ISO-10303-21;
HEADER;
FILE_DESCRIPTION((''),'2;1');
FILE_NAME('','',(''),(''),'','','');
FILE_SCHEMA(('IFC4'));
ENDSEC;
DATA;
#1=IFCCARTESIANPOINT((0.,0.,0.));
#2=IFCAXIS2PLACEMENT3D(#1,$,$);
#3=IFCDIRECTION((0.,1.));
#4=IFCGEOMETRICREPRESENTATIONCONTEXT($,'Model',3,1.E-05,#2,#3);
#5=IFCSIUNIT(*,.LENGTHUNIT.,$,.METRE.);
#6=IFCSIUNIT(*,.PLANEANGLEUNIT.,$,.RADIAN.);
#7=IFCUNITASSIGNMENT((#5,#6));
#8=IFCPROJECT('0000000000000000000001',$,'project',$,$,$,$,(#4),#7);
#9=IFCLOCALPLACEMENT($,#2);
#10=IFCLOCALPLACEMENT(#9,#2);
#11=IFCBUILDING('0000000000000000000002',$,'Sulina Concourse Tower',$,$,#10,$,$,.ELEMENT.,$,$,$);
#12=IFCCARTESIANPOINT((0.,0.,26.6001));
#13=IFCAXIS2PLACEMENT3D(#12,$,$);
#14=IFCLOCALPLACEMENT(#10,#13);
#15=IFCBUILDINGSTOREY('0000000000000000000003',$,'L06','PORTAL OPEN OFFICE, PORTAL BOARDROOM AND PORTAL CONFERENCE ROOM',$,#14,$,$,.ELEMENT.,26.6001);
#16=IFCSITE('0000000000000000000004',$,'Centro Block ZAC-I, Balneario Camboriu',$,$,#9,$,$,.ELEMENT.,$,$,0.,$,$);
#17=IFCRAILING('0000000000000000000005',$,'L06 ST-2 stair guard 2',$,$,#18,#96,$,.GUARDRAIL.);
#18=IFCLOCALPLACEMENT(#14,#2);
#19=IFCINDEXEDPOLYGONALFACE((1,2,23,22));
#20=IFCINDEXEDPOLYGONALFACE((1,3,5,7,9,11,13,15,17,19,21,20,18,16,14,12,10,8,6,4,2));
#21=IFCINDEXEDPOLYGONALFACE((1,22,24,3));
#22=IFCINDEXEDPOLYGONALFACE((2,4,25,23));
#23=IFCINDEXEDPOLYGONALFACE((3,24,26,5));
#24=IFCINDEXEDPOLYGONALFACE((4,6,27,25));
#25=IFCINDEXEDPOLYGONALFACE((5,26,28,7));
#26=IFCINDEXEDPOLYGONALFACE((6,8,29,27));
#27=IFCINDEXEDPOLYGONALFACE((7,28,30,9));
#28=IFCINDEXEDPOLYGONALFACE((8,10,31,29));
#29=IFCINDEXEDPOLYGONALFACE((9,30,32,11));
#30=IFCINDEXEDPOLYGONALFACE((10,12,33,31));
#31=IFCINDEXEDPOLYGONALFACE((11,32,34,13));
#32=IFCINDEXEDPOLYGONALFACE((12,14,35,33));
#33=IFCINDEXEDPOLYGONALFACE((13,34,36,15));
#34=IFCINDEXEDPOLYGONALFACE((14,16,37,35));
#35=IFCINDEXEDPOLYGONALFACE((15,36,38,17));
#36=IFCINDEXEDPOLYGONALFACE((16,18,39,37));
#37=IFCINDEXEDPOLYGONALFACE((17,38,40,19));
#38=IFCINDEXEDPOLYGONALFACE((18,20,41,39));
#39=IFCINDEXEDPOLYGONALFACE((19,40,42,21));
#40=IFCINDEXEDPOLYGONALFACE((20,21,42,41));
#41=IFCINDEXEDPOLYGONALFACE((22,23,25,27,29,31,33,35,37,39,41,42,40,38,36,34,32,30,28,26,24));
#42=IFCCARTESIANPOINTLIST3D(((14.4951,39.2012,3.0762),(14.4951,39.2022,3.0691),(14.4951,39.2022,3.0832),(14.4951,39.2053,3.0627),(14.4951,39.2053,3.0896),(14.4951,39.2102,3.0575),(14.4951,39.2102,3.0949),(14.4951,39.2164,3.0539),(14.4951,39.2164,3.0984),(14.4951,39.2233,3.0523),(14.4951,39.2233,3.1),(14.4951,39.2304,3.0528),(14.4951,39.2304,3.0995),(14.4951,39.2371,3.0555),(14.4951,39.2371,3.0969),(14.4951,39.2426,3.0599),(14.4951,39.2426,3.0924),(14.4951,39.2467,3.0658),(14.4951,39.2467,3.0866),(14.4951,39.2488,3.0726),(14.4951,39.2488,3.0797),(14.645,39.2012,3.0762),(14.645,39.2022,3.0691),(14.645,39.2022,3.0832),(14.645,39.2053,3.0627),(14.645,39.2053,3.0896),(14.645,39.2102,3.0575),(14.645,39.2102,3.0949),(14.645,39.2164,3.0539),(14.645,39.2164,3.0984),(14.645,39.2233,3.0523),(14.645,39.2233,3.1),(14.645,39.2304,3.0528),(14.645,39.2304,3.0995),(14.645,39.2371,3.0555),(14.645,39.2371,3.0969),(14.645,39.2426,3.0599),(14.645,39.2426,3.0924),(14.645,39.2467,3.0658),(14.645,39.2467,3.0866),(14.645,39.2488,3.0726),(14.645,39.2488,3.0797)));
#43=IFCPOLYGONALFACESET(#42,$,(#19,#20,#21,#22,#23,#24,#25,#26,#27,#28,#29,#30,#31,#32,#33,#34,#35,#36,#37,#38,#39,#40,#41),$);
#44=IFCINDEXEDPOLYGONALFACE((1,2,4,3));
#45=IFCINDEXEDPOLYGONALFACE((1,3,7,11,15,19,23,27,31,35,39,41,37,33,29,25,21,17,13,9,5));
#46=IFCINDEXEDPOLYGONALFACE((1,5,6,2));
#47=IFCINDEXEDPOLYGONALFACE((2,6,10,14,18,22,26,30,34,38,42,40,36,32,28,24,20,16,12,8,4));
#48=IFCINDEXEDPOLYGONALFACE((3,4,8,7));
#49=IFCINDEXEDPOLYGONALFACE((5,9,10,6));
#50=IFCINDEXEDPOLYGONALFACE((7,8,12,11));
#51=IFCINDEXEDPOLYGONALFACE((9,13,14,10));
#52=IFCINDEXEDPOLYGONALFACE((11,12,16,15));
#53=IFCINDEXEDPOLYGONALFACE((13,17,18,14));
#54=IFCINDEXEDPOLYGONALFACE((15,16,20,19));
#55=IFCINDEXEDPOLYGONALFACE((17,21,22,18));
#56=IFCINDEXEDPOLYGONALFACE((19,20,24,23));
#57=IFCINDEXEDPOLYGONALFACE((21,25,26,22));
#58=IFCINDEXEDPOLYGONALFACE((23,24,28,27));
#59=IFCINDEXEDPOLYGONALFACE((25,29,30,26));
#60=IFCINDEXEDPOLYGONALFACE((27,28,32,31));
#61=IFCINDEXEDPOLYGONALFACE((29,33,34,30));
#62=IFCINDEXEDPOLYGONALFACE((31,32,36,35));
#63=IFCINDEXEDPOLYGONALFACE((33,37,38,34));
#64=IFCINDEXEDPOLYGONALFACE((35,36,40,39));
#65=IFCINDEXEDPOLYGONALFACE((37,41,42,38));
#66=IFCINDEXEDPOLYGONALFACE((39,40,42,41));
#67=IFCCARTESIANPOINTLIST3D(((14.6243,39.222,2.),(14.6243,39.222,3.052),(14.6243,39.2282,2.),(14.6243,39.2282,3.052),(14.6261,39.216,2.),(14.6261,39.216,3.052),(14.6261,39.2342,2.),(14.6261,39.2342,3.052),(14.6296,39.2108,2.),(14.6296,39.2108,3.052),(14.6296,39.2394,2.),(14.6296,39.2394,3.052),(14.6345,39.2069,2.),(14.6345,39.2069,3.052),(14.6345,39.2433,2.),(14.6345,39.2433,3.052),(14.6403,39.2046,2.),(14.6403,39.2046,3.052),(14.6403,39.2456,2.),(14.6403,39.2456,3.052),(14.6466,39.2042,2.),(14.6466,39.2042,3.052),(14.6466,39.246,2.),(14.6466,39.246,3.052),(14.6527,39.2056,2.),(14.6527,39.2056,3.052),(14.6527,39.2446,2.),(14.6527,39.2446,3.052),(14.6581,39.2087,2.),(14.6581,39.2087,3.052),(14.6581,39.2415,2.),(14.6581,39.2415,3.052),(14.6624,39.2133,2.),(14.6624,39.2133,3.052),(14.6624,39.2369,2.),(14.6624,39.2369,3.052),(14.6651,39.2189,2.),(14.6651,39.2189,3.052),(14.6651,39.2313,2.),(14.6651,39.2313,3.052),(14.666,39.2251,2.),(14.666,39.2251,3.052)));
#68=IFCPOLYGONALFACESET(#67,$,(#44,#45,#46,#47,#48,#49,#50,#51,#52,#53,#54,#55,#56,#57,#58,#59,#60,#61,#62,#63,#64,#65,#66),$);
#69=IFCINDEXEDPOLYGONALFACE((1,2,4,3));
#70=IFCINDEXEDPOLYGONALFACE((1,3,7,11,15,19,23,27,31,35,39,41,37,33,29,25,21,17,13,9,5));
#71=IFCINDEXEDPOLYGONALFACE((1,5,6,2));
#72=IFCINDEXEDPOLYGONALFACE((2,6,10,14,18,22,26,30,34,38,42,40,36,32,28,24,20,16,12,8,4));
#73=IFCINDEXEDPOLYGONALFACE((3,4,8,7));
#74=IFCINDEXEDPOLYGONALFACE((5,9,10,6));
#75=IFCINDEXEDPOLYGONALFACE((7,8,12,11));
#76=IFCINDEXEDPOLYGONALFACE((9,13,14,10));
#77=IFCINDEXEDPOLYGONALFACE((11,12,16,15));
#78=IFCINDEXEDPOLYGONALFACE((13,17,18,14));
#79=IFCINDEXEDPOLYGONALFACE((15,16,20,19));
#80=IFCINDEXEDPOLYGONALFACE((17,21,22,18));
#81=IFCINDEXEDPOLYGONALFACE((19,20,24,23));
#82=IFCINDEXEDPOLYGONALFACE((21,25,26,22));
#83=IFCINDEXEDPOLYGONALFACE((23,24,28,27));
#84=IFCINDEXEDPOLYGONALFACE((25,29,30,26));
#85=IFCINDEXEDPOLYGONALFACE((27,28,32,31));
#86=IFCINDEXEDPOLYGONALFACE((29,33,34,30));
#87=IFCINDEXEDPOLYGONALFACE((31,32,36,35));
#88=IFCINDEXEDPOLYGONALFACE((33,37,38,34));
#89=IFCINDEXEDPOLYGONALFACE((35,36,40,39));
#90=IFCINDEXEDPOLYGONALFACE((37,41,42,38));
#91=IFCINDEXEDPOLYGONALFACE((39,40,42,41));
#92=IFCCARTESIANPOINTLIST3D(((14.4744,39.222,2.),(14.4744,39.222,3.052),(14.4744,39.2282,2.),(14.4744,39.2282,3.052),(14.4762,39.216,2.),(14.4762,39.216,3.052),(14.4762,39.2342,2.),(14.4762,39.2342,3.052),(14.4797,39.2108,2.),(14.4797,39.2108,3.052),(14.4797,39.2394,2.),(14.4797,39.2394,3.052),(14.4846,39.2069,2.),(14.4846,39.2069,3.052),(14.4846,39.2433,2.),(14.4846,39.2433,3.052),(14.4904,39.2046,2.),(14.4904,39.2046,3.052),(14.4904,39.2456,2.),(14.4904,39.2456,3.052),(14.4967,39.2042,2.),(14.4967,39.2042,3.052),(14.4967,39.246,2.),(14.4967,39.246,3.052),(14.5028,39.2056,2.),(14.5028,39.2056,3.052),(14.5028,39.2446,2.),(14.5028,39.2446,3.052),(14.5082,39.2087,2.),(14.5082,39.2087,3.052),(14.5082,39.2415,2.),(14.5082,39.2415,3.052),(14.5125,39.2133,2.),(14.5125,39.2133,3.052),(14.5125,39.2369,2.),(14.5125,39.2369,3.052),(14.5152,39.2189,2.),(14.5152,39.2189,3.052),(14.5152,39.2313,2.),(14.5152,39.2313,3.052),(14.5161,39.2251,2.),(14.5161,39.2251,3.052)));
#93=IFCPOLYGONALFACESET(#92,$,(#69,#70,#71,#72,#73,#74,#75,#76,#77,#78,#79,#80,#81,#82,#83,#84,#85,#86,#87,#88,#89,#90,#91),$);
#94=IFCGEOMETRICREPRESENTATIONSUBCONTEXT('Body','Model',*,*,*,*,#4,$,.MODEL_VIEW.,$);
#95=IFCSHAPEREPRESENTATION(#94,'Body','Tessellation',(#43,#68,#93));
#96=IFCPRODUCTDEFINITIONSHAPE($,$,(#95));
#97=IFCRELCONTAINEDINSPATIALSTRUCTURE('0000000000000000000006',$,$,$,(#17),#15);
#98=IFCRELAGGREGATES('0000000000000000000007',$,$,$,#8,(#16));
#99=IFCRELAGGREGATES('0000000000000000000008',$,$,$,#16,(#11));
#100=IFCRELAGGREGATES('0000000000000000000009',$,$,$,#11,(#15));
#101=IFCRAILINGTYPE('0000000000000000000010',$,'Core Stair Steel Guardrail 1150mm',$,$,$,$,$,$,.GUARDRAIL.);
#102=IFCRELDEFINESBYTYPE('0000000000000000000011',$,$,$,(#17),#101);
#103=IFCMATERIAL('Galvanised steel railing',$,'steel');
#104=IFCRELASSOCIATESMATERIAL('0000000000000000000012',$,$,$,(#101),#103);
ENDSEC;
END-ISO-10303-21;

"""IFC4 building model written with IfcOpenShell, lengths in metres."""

from ifc_helpers import new_model, si_unit, direction, frame, origin, origin_2d, place, context, subcontext, project, spatial, circle, extrude, material, type_object, element, save


model = new_model("IFC4")

# Units and contexts
model_context = context("Model", 3, precision=1e-05, world=origin(), true_north=direction((0.0, 1.0)))
body_context = subcontext(model_context, "Body", "Model", "MODEL_VIEW")
ifc_project = project(units=[si_unit("LENGTHUNIT", "METRE"), si_unit("PLANEANGLEUNIT", "RADIAN")], contexts=[model_context])

# Site, building, storey
site_placement = place(None, origin())
site = spatial("IfcSite", under=ifc_project, at=site_placement, Name="Centro Block ZAC-I, Balneario Camboriu", CompositionType="ELEMENT", RefElevation=0.0)
building_placement = place(site_placement, origin())
building = spatial("IfcBuilding", under=site, at=building_placement, Name="Sulina Concourse Tower", CompositionType="ELEMENT")
storey_placement = place(building_placement, frame((0.0, 0.0, 26.6001)))
storey = spatial("IfcBuildingStorey", under=building, at=storey_placement, Name="L06", Description="PORTAL OPEN OFFICE, PORTAL BOARDROOM AND PORTAL CONFERENCE ROOM", CompositionType="ELEMENT", Elevation=26.6001)

# Railing
ifc_material_1 = material(Name="Galvanised steel railing", Category="steel")
railing_type_1 = type_object("IfcRailingType", Name="Core Stair Steel Guardrail 1150mm", PredefinedType="GUARDRAIL", material=ifc_material_1)
railing_1_placement = place(storey_placement, frame((14.645, 39.2251, 2.0)))
element("IfcRailing", 1, at=railing_1_placement, inside=storey, type_object=railing_type_1, Name="L06 ST-2 stair guard 2", PredefinedType="GUARDRAIL", context=body_context, shape_type="SweptSolid", body=[
    extrude(circle(Radius=0.0239, at=origin_2d()), frame((0.0, 0.0, 1.0762), z_axis=(-1.0, 0.0, 0.0), x_axis=(0.0, -1.0, 0.0)), (0.0, 0.0, 1.0), 0.1499),
    extrude(circle(Radius=0.021, at=origin_2d()), origin(), (0.0, 0.0, 1.0), 1.052),
    extrude(circle(Radius=0.021, at=origin_2d()), frame((-0.1499, 0.0, 0.0)), (0.0, 0.0, 1.0), 1.052),
])

save(model, "model.ifc")
